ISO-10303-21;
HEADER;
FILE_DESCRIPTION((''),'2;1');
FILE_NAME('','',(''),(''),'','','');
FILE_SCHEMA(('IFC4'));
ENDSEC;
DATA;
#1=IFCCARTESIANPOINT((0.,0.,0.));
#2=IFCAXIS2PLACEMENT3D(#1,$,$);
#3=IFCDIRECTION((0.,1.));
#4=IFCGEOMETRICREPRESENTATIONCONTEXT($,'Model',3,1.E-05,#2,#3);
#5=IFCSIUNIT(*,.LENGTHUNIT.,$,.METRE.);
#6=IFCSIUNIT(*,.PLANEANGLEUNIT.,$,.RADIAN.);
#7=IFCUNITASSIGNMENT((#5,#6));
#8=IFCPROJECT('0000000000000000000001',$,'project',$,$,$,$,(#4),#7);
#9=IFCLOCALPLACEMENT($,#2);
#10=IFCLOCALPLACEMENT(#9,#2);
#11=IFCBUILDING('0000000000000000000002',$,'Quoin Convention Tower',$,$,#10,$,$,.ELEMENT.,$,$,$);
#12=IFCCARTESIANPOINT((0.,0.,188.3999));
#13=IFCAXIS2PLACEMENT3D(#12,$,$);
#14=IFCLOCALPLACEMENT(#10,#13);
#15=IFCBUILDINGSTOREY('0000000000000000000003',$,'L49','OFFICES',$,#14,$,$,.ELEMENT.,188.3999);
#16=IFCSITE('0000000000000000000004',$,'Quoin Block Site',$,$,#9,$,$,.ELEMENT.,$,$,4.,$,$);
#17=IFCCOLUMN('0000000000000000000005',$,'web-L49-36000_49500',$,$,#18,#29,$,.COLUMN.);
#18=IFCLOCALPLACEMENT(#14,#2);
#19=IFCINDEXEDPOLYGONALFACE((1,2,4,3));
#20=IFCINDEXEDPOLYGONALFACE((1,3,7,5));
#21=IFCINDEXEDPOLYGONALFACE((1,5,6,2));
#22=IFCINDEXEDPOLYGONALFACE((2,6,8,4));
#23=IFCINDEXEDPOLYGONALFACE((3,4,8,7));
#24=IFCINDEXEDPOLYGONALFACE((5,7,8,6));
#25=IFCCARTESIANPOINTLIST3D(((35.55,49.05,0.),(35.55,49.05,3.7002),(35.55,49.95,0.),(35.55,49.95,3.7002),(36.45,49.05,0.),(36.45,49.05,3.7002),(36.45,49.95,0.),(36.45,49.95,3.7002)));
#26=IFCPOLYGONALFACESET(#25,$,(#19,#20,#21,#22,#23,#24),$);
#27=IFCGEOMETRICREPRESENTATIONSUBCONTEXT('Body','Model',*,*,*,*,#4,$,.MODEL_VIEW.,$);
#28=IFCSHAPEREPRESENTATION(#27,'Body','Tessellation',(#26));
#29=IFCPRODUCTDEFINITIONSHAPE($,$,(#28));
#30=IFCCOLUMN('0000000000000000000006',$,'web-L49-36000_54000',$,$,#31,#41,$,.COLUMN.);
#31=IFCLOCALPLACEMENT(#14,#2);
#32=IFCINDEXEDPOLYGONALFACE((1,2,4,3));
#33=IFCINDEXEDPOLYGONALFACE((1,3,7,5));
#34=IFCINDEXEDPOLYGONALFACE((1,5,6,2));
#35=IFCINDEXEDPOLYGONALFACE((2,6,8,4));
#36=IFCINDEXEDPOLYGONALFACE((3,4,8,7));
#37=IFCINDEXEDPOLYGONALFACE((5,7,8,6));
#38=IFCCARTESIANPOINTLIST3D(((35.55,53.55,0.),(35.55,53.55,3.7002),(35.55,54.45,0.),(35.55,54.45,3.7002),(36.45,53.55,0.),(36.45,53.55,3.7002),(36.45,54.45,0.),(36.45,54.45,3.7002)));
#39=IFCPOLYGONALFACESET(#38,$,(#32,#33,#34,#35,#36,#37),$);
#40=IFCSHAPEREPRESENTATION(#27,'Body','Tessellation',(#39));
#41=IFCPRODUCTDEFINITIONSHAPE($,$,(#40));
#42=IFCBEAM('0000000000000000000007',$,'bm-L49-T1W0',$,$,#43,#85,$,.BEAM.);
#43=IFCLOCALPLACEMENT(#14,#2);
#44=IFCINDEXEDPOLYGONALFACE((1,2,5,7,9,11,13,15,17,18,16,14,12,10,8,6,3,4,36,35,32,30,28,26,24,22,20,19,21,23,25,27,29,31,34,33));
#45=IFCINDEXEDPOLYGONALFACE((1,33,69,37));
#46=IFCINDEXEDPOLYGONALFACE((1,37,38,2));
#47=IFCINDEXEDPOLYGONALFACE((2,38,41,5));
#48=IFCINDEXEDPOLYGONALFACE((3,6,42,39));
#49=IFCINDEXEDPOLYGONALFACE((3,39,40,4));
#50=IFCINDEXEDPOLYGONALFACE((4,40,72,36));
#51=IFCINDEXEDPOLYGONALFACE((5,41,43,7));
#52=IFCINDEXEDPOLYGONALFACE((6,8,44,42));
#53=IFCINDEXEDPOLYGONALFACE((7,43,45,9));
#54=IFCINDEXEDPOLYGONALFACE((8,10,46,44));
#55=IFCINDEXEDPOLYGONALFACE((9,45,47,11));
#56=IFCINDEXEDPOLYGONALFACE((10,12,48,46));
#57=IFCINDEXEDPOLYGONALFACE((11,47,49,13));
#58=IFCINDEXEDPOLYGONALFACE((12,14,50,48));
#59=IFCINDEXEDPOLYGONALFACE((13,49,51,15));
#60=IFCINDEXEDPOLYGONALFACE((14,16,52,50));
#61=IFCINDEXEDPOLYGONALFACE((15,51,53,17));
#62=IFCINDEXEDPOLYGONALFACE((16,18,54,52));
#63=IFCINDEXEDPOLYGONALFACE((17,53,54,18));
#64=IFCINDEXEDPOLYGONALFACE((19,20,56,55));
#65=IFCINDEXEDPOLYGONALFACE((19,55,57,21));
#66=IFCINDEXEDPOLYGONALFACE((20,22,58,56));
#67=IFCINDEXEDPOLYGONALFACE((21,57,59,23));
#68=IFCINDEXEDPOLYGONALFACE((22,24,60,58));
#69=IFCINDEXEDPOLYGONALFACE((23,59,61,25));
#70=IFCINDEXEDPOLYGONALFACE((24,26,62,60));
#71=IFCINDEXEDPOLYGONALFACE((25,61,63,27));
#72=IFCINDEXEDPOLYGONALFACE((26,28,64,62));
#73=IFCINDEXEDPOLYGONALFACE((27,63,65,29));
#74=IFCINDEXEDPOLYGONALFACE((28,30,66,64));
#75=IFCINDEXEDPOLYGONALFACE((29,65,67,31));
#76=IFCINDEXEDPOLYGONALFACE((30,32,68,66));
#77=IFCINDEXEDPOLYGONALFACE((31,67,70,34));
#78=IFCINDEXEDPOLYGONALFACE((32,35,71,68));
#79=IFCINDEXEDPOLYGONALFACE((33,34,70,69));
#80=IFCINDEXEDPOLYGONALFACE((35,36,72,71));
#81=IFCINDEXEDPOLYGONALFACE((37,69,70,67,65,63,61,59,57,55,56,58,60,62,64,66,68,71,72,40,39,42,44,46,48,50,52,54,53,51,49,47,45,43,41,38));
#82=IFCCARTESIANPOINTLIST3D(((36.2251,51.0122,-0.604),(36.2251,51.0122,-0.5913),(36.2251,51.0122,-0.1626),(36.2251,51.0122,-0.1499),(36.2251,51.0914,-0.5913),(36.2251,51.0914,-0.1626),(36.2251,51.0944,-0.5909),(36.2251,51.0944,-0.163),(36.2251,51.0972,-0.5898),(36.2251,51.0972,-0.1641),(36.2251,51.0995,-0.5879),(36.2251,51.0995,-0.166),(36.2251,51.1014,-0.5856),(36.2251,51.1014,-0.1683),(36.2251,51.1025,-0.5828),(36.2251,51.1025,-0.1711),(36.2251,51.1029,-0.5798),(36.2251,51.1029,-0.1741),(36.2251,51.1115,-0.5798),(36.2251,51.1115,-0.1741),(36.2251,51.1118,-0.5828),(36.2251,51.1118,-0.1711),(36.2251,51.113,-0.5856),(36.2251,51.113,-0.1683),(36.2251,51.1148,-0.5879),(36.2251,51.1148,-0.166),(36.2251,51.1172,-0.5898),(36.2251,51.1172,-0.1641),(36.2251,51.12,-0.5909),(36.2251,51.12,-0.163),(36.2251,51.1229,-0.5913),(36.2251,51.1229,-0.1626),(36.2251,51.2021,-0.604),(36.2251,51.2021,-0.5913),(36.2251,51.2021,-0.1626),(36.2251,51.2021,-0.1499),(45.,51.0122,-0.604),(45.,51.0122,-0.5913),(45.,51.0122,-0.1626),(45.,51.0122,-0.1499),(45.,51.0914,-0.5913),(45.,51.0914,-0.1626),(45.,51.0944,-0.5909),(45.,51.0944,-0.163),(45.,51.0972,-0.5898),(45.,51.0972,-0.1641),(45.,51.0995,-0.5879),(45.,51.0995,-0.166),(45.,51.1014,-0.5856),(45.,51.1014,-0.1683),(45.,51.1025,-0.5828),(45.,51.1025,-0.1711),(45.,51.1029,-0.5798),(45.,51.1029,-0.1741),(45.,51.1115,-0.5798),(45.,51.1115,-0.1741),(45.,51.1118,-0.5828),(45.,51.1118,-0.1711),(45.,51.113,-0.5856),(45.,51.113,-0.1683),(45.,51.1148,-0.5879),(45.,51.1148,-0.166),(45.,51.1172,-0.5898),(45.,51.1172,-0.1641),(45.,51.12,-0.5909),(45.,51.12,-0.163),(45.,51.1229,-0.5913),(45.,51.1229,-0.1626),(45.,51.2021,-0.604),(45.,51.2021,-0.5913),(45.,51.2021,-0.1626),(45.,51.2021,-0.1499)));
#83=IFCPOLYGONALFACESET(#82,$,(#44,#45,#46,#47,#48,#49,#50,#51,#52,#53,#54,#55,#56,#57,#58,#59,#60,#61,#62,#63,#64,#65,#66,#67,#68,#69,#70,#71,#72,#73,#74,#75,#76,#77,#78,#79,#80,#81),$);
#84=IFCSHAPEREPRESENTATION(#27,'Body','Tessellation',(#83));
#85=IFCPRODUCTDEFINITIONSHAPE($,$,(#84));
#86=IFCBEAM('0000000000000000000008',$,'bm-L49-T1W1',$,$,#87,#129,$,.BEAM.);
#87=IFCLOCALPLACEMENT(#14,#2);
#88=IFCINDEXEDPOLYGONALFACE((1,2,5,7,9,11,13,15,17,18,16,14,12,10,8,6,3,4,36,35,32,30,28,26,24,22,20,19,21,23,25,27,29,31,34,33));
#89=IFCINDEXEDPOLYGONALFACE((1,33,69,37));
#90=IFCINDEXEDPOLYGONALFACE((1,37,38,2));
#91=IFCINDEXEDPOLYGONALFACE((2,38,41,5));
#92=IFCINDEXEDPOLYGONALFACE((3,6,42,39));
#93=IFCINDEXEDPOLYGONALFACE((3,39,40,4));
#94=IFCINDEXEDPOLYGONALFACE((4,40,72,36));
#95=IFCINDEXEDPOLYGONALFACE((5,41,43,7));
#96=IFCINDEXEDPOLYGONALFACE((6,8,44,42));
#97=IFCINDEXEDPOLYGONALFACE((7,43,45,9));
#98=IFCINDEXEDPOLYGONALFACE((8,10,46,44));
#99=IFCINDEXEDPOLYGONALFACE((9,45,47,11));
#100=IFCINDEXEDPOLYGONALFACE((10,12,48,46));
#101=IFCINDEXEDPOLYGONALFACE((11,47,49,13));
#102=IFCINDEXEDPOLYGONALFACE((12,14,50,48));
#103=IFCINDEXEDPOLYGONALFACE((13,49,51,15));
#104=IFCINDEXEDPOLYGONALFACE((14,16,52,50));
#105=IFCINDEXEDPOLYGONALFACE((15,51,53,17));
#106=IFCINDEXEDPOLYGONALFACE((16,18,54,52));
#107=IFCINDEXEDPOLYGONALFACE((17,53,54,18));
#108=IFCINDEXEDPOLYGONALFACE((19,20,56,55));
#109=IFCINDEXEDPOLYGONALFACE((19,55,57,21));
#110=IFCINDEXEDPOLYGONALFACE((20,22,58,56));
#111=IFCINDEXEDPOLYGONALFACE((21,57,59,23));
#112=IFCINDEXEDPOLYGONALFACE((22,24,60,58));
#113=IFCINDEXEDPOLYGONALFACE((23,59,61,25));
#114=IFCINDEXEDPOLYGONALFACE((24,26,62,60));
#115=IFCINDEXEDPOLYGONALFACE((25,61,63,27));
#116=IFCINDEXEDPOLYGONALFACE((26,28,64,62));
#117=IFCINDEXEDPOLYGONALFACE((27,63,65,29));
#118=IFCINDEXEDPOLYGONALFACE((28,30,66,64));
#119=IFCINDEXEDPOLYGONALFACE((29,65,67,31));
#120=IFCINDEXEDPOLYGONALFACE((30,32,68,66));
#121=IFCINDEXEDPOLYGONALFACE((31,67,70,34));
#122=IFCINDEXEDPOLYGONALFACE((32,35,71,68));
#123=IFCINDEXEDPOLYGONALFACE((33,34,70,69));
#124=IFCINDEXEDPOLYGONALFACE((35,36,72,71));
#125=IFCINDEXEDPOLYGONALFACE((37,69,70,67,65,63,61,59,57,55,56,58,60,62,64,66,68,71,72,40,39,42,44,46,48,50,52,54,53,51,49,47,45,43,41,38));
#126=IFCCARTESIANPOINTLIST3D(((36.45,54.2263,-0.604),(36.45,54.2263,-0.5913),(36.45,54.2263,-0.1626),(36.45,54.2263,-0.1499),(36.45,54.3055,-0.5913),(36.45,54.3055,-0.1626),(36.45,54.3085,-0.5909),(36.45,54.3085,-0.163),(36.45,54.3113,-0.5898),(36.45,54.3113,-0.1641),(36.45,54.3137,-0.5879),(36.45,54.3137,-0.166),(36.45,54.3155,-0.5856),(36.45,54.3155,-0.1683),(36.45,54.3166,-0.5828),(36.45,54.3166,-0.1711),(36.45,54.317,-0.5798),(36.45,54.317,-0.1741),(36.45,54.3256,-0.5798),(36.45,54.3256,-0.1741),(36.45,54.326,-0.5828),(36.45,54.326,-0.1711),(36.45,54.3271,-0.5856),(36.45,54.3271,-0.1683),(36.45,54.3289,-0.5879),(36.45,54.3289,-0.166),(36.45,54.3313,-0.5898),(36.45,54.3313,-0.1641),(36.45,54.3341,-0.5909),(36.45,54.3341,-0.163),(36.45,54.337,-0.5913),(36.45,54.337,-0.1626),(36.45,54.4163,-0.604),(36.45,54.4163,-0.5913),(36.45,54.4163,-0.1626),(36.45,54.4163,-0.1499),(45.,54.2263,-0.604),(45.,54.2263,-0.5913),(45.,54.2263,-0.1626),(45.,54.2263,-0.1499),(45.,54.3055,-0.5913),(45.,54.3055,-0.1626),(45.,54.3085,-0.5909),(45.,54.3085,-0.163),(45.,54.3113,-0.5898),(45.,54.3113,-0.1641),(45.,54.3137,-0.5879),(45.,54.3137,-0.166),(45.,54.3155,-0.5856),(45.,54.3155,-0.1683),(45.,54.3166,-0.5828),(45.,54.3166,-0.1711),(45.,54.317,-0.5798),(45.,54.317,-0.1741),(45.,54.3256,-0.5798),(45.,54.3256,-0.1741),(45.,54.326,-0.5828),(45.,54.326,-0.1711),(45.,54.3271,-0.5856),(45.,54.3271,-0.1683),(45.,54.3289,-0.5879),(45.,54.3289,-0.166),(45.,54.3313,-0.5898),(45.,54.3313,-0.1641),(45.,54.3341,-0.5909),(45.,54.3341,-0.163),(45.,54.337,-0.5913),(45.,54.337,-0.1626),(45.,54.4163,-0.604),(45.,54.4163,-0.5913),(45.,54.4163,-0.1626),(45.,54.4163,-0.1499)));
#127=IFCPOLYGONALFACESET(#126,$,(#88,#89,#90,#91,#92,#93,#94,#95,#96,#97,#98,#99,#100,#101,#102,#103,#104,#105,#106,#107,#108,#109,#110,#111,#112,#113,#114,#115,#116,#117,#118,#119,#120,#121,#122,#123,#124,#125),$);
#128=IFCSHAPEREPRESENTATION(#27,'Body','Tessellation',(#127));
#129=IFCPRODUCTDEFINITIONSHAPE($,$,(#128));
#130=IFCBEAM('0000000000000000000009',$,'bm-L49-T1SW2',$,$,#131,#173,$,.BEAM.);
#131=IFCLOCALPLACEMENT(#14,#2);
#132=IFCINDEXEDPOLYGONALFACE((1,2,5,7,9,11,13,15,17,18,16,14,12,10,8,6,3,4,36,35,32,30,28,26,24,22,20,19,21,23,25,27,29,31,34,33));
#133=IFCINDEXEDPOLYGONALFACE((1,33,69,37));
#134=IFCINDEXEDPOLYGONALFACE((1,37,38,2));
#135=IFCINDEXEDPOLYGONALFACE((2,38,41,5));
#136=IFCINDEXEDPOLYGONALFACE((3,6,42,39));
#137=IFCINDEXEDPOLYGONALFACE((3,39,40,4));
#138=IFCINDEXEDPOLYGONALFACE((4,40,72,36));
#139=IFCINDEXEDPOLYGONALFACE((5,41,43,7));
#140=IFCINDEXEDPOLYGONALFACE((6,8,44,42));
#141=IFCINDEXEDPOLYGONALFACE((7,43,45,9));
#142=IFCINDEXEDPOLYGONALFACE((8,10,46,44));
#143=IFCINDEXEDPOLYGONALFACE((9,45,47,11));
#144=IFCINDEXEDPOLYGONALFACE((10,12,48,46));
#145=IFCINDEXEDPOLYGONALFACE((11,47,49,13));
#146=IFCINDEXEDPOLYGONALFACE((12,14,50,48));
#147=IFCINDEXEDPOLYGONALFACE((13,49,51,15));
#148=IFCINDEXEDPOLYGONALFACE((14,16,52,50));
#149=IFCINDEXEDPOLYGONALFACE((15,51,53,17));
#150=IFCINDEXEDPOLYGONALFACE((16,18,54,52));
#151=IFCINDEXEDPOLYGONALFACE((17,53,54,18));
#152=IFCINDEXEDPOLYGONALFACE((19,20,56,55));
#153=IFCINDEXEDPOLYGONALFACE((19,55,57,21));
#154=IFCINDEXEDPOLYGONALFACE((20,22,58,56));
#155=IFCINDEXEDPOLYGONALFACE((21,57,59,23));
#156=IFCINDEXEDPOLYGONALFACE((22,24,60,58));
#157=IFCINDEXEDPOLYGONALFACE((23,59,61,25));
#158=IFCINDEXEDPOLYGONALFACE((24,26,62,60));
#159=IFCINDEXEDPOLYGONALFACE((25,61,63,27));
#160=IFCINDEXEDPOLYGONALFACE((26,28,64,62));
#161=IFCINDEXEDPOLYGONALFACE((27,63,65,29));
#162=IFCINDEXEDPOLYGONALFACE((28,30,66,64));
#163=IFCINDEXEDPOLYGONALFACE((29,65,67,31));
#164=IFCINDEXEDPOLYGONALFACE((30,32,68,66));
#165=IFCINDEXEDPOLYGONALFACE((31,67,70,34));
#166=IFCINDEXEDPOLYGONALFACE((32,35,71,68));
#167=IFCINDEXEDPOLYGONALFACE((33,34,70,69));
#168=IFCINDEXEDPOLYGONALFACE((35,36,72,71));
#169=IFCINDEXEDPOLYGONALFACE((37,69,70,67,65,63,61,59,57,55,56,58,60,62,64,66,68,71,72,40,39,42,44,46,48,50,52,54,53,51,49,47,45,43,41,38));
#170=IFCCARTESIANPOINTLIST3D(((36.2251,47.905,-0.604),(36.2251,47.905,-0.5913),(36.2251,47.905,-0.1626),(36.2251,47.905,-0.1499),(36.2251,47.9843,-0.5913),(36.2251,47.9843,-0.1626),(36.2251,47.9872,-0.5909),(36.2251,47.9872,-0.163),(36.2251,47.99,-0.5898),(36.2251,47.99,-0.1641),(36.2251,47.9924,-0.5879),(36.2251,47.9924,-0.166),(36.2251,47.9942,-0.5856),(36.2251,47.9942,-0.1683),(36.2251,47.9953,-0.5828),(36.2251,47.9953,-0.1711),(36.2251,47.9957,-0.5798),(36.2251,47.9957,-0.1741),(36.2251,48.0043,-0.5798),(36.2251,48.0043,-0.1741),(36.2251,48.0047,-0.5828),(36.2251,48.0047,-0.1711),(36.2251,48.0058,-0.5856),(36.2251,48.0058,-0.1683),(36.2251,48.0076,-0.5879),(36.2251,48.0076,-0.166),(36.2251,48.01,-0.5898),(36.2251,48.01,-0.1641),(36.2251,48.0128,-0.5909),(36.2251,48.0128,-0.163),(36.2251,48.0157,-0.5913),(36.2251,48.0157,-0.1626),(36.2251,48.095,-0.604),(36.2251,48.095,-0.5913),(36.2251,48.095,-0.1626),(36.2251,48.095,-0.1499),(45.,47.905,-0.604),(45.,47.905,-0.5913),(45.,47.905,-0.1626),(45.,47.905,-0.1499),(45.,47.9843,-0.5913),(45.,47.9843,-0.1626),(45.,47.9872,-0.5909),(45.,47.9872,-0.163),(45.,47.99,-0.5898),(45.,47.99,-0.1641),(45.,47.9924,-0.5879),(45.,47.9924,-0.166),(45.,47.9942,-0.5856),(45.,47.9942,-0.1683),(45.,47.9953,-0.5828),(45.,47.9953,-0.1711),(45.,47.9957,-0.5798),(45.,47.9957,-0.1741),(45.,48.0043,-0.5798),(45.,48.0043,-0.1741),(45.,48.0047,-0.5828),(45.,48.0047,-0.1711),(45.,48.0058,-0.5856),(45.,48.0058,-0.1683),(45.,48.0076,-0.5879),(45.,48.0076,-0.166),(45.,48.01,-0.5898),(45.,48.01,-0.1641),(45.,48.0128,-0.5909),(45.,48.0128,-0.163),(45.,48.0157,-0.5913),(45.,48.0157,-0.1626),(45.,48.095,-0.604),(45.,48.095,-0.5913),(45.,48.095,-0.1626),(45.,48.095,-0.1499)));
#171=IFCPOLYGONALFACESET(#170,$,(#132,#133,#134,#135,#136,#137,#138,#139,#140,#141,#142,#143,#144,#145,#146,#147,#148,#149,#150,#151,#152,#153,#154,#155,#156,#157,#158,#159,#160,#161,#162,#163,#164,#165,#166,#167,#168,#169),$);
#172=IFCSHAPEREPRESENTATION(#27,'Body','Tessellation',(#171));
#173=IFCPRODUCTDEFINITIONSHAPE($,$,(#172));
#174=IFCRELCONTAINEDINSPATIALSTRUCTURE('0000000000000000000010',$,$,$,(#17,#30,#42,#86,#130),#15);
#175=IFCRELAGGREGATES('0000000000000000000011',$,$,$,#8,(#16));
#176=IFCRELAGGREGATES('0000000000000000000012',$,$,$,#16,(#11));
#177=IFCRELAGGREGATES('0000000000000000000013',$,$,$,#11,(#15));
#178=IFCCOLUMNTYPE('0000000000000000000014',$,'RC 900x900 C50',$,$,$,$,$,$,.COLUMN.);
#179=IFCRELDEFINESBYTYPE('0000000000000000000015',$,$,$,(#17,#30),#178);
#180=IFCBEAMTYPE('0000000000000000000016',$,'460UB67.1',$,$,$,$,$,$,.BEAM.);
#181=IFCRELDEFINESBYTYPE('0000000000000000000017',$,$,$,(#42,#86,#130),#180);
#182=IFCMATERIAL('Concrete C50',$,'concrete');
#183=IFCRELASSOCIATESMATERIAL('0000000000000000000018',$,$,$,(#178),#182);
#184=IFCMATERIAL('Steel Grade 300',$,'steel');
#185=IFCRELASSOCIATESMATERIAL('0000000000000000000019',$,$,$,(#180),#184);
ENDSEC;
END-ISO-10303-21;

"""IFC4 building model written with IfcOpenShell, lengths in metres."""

from ifc_helpers import new_model, si_unit, direction, frame, origin, origin_2d, place, context, subcontext, project, spatial, rectangle, i_section, extrude, material, material_profile, profile_set, type_object, element, save


model = new_model("IFC4")

# Units and contexts
model_context = context("Model", 3, precision=1e-05, world=origin(), true_north=direction((0.0, 1.0)))
body_context = subcontext(model_context, "Body", "Model", "MODEL_VIEW")
ifc_project = project(units=[si_unit("LENGTHUNIT", "METRE"), si_unit("PLANEANGLEUNIT", "RADIAN")], contexts=[model_context])

# Site, building, storey
site_placement = place(None, origin())
site = spatial("IfcSite", under=ifc_project, at=site_placement, Name="Quoin Block Site", CompositionType="ELEMENT", RefElevation=4.0)
building_placement = place(site_placement, origin())
building = spatial("IfcBuilding", under=site, at=building_placement, Name="Quoin Convention Tower", CompositionType="ELEMENT")
storey_placement = place(building_placement, frame((0.0, 0.0, 188.3999)))
storey = spatial("IfcBuildingStorey", under=building, at=storey_placement, Name="L49", Description="OFFICES", CompositionType="ELEMENT", Elevation=188.3999)

# Columns
ifc_material_1 = material(Name="Concrete C50", Category="concrete")
ifc_material_profile_1 = material_profile(ifc_material_1, rectangle(XDim=0.8999, YDim=0.8999, at=origin_2d()), Name="RC 900x900")
ifc_profile_set_1 = profile_set([ifc_material_profile_1], Name="Concrete C50")
column_type = type_object("IfcColumnType", Name="RC 900x900 C50", PredefinedType="COLUMN", material=ifc_profile_set_1)
for number, where, z_axis, x_axis, name in (
    (1, (36.0, 49.5, 0.0), (0.0, 0.0, 1.0), (1.0, 0.0, 0.0), "web-L49-36000_49500"),
    (2, (36.0, 54.0, 0.0), (0.0, 0.0, 1.0), (1.0, 0.0, 0.0), "web-L49-36000_54000"),
):
    element("IfcColumn", number, at=place(storey_placement, frame(where, z_axis=z_axis, x_axis=x_axis)), inside=storey, type_object=column_type, Name=name, PredefinedType="COLUMN", context=body_context, shape_type="SweptSolid", body=[
        extrude(rectangle(XDim=0.8999, YDim=0.8999, at=origin_2d()), origin(), (0.0, 0.0, 1.0), 3.7002),
    ])

# Beams
ifc_material_2 = material(Name="Steel Grade 300", Category="steel")
ifc_material_profile_2 = material_profile(ifc_material_2, i_section(OverallWidth=0.1899, OverallDepth=0.4541, WebThickness=0.0085, FlangeThickness=0.0127, FilletRadius=0.0115, at=origin_2d()), Name="460UB67.1")
ifc_profile_set_2 = profile_set([ifc_material_profile_2], Name="Steel Grade 300")
beam_type_1 = type_object("IfcBeamType", Name="460UB67.1", PredefinedType="BEAM", material=ifc_profile_set_2)
beam_1_placement = place(storey_placement, frame((36.2251, 51.1072, -0.377), z_axis=(1.0, 0.0, 0.0), x_axis=(0.0, 1.0, 0.0)))
element("IfcBeam", 3, at=beam_1_placement, inside=storey, type_object=beam_type_1, Name="bm-L49-T1W0", PredefinedType="BEAM", context=body_context, shape_type="SweptSolid", body=[
    extrude(i_section(OverallWidth=0.1899, OverallDepth=0.4541, WebThickness=0.0085, FlangeThickness=0.0127, FilletRadius=0.0115, at=origin_2d()), origin(), (0.0, 0.0, 1.0), 8.7749),
])
beam_2_placement = place(storey_placement, frame((36.45, 54.3213, -0.377), z_axis=(1.0, 0.0, 0.0), x_axis=(0.0, 1.0, 0.0)))
element("IfcBeam", 4, at=beam_2_placement, inside=storey, type_object=beam_type_1, Name="bm-L49-T1W1", PredefinedType="BEAM", context=body_context, shape_type="SweptSolid", body=[
    extrude(i_section(OverallWidth=0.1899, OverallDepth=0.4541, WebThickness=0.0085, FlangeThickness=0.0127, FilletRadius=0.0115, at=origin_2d()), origin(), (0.0, 0.0, 1.0), 8.55),
])
beam_3_placement = place(storey_placement, frame((36.2251, 48.0, -0.377), z_axis=(1.0, 0.0, 0.0), x_axis=(0.0, 1.0, 0.0)))
element("IfcBeam", 5, at=beam_3_placement, inside=storey, type_object=beam_type_1, Name="bm-L49-T1SW2", PredefinedType="BEAM", context=body_context, shape_type="SweptSolid", body=[
    extrude(i_section(OverallWidth=0.1899, OverallDepth=0.4541, WebThickness=0.0085, FlangeThickness=0.0127, FilletRadius=0.0115, at=origin_2d()), origin(), (0.0, 0.0, 1.0), 8.7749),
])

save(model, "model.ifc")
